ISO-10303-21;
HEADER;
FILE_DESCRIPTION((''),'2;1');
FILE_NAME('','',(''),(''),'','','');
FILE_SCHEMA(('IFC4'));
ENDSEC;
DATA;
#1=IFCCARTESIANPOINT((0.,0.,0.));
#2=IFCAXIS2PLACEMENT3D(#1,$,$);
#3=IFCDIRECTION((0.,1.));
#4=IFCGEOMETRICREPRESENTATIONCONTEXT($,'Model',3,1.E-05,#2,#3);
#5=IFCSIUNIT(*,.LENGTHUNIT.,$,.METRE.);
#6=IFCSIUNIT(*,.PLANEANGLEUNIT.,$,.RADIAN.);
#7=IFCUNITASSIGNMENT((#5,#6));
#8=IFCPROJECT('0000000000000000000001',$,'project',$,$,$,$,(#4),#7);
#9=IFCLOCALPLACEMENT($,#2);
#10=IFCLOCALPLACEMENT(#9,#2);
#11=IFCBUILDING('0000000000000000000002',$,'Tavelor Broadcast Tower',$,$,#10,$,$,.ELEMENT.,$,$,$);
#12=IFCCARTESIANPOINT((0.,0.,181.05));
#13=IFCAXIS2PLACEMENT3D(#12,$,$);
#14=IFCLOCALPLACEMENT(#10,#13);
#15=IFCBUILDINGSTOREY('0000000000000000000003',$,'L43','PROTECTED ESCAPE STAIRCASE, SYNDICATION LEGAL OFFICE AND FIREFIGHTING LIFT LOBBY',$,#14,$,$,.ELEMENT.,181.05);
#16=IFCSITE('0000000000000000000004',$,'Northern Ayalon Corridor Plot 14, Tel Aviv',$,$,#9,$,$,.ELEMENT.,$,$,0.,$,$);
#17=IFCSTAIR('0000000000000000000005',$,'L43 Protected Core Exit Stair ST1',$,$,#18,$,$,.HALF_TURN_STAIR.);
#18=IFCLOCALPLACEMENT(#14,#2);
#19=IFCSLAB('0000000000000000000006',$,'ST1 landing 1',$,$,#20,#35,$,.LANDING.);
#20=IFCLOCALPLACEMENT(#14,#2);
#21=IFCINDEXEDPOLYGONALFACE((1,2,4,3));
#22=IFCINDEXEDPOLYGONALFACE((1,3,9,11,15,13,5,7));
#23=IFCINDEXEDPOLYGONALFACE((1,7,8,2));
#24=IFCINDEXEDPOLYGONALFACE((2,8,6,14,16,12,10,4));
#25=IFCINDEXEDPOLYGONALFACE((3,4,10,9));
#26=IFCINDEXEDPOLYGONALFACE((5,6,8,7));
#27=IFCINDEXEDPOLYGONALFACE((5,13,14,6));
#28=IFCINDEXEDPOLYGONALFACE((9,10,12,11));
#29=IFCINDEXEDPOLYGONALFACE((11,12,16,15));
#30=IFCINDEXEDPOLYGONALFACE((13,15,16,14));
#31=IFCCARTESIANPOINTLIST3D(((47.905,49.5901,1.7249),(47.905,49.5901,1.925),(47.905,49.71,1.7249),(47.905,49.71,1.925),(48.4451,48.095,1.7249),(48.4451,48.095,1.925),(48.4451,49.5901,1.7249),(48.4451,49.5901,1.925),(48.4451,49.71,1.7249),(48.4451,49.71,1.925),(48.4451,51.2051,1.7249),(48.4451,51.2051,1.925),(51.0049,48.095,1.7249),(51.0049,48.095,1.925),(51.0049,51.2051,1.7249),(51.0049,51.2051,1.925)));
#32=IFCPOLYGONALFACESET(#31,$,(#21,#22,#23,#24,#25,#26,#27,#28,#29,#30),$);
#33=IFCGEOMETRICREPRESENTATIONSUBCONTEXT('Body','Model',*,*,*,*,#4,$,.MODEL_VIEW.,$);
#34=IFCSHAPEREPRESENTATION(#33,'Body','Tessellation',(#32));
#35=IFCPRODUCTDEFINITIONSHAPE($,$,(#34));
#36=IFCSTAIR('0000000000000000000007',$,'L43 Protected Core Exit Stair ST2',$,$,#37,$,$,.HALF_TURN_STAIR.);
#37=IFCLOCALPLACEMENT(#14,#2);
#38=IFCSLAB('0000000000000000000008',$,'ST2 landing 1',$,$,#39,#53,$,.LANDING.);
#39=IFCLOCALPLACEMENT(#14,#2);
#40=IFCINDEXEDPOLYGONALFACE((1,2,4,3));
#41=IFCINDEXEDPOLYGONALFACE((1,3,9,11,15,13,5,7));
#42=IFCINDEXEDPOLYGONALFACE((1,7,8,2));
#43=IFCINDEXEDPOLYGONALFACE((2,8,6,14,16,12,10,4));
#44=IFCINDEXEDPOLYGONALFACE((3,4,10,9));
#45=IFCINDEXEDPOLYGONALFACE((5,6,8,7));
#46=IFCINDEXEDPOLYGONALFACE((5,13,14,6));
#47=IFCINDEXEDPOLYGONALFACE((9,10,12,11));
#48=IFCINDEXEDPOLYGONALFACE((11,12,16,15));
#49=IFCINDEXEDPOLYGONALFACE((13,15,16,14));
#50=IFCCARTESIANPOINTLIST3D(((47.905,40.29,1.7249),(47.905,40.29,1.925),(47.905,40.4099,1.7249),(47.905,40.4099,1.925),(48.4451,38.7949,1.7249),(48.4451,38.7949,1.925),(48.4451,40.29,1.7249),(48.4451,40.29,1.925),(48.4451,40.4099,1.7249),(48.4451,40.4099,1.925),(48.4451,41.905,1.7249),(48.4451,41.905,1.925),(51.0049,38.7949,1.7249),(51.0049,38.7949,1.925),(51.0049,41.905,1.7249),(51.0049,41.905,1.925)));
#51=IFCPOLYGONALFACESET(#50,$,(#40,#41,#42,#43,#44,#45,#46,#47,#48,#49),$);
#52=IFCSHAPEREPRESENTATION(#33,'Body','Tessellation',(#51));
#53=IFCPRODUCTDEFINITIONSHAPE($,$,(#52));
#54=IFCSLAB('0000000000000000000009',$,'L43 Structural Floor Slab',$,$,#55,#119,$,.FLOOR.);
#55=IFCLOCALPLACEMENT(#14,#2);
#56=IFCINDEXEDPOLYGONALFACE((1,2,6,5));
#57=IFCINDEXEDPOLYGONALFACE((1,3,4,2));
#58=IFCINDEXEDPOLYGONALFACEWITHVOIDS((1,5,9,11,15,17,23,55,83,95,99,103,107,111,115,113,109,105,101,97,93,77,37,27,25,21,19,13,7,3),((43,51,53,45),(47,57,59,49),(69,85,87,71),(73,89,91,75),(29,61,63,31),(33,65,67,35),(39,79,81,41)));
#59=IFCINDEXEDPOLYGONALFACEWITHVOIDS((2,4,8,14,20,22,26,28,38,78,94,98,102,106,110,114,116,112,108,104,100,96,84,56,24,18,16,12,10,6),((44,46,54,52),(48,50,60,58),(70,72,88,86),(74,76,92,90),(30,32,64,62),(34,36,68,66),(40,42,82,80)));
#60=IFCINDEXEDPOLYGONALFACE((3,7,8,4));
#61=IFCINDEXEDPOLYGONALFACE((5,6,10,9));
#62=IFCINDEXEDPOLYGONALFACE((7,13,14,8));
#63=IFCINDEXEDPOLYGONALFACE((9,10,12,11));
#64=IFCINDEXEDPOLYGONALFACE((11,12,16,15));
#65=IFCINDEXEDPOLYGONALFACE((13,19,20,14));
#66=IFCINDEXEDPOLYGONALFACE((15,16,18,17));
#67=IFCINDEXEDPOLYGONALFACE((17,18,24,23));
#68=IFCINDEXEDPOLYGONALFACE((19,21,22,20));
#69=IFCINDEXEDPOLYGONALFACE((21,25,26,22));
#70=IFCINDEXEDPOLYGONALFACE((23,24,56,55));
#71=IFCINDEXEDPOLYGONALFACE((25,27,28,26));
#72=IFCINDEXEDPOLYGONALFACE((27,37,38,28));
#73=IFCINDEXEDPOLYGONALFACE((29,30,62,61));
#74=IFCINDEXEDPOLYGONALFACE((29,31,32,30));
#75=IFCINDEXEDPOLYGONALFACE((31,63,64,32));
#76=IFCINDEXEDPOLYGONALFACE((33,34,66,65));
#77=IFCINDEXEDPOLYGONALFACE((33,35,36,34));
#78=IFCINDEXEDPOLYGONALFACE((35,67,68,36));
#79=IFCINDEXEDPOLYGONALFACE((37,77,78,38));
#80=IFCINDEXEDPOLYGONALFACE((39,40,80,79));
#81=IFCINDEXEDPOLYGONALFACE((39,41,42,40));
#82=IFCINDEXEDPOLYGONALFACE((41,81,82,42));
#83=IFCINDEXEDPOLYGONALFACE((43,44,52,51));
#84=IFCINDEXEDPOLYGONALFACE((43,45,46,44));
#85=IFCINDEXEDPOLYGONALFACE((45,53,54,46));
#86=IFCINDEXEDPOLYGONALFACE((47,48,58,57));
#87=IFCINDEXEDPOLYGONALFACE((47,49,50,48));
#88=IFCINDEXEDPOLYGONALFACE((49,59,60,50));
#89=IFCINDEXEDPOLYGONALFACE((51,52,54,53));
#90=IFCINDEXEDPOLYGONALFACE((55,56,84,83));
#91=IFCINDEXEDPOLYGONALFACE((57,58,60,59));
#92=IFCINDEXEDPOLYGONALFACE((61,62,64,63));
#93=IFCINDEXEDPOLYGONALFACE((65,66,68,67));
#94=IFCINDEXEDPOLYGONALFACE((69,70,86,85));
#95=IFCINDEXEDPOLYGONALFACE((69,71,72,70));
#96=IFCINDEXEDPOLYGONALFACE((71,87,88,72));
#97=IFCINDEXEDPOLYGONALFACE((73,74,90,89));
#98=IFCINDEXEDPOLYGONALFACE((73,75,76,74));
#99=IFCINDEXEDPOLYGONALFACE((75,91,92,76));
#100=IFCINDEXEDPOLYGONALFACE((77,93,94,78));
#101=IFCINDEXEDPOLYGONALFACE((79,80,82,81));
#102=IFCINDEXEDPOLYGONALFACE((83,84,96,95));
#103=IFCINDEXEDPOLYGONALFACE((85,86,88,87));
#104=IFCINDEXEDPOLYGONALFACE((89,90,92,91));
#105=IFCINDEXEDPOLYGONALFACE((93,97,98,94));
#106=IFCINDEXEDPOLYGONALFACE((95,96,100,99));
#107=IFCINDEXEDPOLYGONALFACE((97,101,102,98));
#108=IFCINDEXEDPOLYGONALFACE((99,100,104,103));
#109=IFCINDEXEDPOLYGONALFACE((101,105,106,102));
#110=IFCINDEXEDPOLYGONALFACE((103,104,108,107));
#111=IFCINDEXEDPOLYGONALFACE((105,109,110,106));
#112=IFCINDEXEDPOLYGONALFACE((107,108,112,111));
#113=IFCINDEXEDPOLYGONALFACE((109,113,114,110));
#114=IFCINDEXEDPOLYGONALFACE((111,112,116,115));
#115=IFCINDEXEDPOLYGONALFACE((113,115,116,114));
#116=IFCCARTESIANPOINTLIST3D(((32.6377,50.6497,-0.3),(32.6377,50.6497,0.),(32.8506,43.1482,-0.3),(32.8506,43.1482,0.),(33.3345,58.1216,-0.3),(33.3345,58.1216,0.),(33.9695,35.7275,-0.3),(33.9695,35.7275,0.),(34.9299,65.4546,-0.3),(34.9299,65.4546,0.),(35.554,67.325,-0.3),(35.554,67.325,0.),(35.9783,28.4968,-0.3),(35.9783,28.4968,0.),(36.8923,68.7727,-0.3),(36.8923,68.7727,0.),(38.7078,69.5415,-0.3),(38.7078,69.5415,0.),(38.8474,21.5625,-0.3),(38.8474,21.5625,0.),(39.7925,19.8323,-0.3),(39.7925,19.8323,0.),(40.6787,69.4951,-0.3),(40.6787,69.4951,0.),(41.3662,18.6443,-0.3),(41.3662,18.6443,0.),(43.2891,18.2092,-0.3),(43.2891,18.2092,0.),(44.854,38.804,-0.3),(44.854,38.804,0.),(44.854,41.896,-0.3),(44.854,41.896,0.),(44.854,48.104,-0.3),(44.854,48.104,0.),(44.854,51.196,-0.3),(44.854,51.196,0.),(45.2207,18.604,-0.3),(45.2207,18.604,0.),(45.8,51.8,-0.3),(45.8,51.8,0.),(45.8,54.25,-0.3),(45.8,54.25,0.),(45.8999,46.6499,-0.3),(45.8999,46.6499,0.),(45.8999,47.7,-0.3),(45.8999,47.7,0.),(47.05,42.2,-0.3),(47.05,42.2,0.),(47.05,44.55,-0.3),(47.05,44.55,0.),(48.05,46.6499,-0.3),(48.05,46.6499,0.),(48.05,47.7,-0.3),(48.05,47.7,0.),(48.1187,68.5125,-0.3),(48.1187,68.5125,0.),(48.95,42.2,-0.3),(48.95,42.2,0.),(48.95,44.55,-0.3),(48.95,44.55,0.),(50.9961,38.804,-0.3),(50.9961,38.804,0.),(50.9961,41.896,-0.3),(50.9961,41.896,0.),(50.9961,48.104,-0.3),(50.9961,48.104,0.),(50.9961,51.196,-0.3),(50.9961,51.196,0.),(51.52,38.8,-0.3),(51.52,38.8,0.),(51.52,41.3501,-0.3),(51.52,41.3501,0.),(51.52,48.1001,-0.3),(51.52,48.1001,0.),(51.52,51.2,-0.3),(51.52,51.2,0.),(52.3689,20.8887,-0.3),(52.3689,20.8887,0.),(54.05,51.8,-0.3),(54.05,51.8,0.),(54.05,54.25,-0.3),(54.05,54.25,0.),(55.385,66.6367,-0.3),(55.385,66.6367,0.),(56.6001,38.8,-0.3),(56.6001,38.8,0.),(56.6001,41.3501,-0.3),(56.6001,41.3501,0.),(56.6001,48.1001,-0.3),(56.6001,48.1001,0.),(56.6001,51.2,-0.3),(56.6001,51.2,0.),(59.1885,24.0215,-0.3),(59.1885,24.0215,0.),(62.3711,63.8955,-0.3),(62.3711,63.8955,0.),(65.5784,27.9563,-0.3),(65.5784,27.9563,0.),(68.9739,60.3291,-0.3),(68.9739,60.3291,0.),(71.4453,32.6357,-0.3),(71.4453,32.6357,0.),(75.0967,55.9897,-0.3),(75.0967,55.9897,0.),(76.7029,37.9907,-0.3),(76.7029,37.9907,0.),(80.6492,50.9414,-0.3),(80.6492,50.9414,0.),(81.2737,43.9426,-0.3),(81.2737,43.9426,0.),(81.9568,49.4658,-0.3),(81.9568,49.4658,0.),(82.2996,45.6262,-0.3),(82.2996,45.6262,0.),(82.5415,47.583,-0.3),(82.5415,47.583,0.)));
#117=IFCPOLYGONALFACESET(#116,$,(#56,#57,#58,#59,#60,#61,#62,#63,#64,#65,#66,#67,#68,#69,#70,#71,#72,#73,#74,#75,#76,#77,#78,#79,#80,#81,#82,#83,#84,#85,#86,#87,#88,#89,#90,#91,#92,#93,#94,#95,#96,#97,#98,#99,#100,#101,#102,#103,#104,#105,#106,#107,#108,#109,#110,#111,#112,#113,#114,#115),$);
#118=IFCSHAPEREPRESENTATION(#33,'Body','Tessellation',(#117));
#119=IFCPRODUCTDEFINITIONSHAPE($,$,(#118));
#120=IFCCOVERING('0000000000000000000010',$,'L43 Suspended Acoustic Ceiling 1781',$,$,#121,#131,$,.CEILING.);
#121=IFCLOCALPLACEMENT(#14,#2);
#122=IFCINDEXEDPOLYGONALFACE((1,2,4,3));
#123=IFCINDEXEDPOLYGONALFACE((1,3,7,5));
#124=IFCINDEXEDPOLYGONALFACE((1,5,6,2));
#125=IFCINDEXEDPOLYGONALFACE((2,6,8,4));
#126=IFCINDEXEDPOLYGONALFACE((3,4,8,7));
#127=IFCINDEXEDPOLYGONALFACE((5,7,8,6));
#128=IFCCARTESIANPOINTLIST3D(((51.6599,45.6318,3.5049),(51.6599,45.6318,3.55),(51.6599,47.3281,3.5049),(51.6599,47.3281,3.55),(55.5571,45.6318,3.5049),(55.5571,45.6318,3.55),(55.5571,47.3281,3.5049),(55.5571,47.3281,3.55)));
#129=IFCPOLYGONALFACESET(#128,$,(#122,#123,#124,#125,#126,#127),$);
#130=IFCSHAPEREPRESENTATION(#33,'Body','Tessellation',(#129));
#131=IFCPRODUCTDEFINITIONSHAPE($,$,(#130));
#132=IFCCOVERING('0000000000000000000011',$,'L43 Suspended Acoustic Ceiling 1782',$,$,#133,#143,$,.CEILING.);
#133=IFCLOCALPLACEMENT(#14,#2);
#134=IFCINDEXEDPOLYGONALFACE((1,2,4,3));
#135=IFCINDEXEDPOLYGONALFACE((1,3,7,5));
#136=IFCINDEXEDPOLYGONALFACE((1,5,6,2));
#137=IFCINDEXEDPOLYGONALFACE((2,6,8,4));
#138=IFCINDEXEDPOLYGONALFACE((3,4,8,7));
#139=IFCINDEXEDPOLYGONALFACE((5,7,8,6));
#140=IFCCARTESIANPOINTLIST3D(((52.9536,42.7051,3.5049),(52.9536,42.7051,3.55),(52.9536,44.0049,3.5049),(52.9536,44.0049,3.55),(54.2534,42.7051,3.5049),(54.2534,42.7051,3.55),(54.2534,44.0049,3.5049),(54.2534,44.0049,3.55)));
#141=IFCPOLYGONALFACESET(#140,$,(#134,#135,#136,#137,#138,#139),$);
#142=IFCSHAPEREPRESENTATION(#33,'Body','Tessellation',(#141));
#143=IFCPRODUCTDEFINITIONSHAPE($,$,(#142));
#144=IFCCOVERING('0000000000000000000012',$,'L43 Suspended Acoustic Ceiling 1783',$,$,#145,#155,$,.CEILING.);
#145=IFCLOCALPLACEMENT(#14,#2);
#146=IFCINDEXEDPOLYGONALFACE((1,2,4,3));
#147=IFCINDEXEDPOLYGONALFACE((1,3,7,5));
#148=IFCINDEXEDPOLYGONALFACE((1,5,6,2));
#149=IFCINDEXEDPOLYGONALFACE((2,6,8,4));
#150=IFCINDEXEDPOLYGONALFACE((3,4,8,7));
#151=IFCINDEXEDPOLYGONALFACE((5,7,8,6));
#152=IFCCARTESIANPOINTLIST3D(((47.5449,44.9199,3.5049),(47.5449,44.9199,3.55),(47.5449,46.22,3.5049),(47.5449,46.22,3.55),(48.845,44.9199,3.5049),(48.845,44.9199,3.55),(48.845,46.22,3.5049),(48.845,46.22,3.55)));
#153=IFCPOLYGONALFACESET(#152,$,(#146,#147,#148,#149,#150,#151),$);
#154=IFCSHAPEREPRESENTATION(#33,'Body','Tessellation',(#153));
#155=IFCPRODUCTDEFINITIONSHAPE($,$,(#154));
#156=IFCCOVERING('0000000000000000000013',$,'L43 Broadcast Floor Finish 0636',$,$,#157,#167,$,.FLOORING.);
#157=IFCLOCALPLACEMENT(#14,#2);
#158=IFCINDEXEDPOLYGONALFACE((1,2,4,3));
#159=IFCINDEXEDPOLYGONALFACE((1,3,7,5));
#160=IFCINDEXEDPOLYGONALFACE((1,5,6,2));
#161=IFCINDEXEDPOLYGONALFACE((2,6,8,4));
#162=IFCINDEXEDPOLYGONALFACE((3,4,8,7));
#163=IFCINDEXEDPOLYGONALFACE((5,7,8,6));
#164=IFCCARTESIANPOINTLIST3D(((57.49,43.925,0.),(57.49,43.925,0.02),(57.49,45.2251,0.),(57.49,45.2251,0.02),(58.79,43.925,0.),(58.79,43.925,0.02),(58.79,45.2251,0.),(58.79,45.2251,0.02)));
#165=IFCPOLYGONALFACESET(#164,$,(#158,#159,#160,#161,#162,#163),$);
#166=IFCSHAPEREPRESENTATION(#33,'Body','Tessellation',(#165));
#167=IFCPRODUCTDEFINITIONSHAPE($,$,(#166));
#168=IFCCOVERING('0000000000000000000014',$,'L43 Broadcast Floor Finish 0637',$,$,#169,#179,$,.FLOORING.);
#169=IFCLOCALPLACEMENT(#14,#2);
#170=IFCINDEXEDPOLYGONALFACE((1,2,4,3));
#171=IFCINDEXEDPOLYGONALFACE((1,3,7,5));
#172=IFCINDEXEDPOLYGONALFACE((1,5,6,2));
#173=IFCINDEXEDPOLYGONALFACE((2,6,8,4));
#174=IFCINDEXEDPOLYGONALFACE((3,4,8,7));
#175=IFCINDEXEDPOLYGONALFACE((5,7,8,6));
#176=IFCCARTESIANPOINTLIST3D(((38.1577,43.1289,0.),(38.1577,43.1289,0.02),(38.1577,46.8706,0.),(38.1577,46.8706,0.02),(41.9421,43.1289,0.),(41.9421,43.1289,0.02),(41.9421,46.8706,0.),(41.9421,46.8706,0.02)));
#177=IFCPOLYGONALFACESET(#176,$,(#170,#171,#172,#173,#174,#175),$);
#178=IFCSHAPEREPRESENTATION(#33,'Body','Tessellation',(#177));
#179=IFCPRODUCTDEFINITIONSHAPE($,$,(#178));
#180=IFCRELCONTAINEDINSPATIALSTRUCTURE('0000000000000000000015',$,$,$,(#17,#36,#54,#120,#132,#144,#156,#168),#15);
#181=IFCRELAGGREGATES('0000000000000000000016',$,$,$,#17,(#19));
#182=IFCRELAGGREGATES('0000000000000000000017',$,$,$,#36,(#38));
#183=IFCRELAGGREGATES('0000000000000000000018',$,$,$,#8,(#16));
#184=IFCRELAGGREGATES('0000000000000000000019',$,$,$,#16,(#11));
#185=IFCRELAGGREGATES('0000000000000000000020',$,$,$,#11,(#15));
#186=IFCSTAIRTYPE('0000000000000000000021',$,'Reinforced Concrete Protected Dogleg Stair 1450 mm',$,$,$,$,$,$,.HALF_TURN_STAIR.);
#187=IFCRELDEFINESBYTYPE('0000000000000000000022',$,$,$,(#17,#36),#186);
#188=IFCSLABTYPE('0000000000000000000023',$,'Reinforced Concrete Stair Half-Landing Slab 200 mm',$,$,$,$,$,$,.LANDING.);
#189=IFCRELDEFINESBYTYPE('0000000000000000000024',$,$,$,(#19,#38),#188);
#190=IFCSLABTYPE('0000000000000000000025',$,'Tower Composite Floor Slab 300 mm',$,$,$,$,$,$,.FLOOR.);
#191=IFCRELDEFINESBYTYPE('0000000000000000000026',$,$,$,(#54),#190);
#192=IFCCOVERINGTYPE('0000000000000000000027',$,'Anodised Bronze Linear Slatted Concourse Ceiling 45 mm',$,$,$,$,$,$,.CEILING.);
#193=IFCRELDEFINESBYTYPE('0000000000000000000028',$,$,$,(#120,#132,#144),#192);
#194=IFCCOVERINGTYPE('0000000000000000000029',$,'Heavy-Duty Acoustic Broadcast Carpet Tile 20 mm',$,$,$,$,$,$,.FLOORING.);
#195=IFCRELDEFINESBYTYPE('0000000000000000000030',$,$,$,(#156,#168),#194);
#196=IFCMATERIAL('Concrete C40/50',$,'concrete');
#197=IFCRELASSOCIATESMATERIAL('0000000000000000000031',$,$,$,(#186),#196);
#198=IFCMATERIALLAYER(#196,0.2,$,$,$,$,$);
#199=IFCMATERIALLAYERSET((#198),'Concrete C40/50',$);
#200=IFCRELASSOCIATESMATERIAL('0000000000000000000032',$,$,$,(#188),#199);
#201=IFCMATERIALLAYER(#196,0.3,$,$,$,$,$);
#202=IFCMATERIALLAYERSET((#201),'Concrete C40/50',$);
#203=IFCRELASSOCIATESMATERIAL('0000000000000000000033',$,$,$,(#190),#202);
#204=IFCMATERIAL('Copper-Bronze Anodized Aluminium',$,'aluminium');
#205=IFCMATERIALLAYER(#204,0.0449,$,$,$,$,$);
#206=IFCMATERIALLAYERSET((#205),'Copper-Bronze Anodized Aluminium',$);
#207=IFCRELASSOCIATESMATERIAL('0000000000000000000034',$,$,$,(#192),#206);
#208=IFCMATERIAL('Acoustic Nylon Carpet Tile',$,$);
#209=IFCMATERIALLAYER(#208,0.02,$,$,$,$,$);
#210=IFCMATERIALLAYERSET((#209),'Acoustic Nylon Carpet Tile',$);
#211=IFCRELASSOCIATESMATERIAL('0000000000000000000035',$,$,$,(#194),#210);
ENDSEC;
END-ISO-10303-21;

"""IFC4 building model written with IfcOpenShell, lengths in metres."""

from ifc_helpers import new_model, si_unit, direction, frame, origin, place, context, subcontext, project, spatial, polyline, outline, extrude, material, layer, layer_set, type_object, element, aggregate, save


model = new_model("IFC4")

# Units and contexts
model_context = context("Model", 3, precision=1e-05, world=origin(), true_north=direction((0.0, 1.0)))
body_context = subcontext(model_context, "Body", "Model", "MODEL_VIEW")
ifc_project = project(units=[si_unit("LENGTHUNIT", "METRE"), si_unit("PLANEANGLEUNIT", "RADIAN")], contexts=[model_context])

# Site, building, storey
site_placement = place(None, origin())
site = spatial("IfcSite", under=ifc_project, at=site_placement, Name="Northern Ayalon Corridor Plot 14, Tel Aviv", CompositionType="ELEMENT", RefElevation=0.0)
building_placement = place(site_placement, origin())
building = spatial("IfcBuilding", under=site, at=building_placement, Name="Tavelor Broadcast Tower", CompositionType="ELEMENT")
storey_placement = place(building_placement, frame((0.0, 0.0, 181.05)))
storey = spatial("IfcBuildingStorey", under=building, at=storey_placement, Name="L43", Description="PROTECTED ESCAPE STAIRCASE, SYNDICATION LEGAL OFFICE AND FIREFIGHTING LIFT LOBBY", CompositionType="ELEMENT", Elevation=181.05)

# Stairs, slabs
ifc_material_1 = material(Name="Concrete C40/50", Category="concrete")
stair_type = type_object("IfcStairType", Name="Reinforced Concrete Protected Dogleg Stair 1450 mm", PredefinedType="HALF_TURN_STAIR", material=ifc_material_1)
stair_1_placement = place(storey_placement, origin())
stair_1 = element("IfcStair", 1, at=stair_1_placement, inside=storey, type_object=stair_type, Name="L43 Protected Core Exit Stair ST1", PredefinedType="HALF_TURN_STAIR")
ifc_layer_1 = layer(ifc_material_1, 0.2)
ifc_layer_set_1 = layer_set([ifc_layer_1], Name="Concrete C40/50")
slab_type_1 = type_object("IfcSlabType", Name="Reinforced Concrete Stair Half-Landing Slab 200 mm", PredefinedType="LANDING", material=ifc_layer_set_1)
slab_1_placement = place(storey_placement, frame((0.0, 0.0, 1.7249)))
slab_1 = element("IfcSlab", 2, at=slab_1_placement, type_object=slab_type_1, Name="ST1 landing 1", PredefinedType="LANDING", context=body_context, shape_type="SweptSolid", body=[
    extrude(outline(polyline([(48.4451, 49.5901), (48.4451, 48.095), (51.0049, 48.095), (51.0049, 51.2051), (48.4451, 51.2051), (48.4451, 49.71), (47.905, 49.71), (47.905, 49.5901), (48.4451, 49.5901)])), origin(), (0.0, 0.0, 1.0), 0.2002),
])
aggregate(stair_1, [slab_1])
stair_2_placement = place(storey_placement, origin())
stair_2 = element("IfcStair", 3, at=stair_2_placement, inside=storey, type_object=stair_type, Name="L43 Protected Core Exit Stair ST2", PredefinedType="HALF_TURN_STAIR")
slab_2_placement = place(storey_placement, frame((0.0, 0.0, 1.7249)))
slab_2 = element("IfcSlab", 4, at=slab_2_placement, type_object=slab_type_1, Name="ST2 landing 1", PredefinedType="LANDING", context=body_context, shape_type="SweptSolid", body=[
    extrude(outline(polyline([(48.4451, 40.29), (48.4451, 38.7949), (51.0049, 38.7949), (51.0049, 41.905), (48.4451, 41.905), (48.4451, 40.4099), (47.905, 40.4099), (47.905, 40.29), (48.4451, 40.29)])), origin(), (0.0, 0.0, 1.0), 0.2002),
])
aggregate(stair_2, [slab_2])

# Slab
ifc_layer_2 = layer(ifc_material_1, 0.3)
ifc_layer_set_2 = layer_set([ifc_layer_2], Name="Concrete C40/50")
slab_type_2 = type_object("IfcSlabType", Name="Tower Composite Floor Slab 300 mm", PredefinedType="FLOOR", material=ifc_layer_set_2)
slab_3_placement = place(storey_placement, frame((0.0, 0.0, -0.3)))
element("IfcSlab", 5, at=slab_3_placement, inside=storey, type_object=slab_type_2, Name="L43 Structural Floor Slab", PredefinedType="FLOOR", context=body_context, shape_type="SweptSolid", body=[
    extrude(outline(polyline([(40.6787, 69.4951), (38.7078, 69.5415), (36.8923, 68.7727), (35.554, 67.325), (34.9299, 65.4546), (33.3345, 58.1216), (32.6377, 50.6497), (32.8506, 43.1482), (33.9695, 35.7275), (35.9783, 28.4968), (38.8474, 21.5625), (39.7925, 19.8323), (41.3662, 18.6443), (43.2891, 18.2092), (45.2207, 18.604), (52.3689, 20.8887), (59.1885, 24.0215), (65.5784, 27.9563), (71.4453, 32.6357), (76.7029, 37.9907), (81.2737, 43.9426), (82.2996, 45.6262), (82.5415, 47.583), (81.9568, 49.4658), (80.6492, 50.9414), (75.0967, 55.9897), (68.9739, 60.3291), (62.3711, 63.8955), (55.385, 66.6367), (48.1187, 68.5125), (40.6787, 69.4951)]), holes=[polyline([(56.6001, 41.3501), (56.6001, 38.8), (51.52, 38.8), (51.52, 41.3501), (56.6001, 41.3501)]), polyline([(50.9961, 38.804), (44.854, 38.804), (44.854, 41.896), (50.9961, 41.896), (50.9961, 38.804)]), polyline([(47.05, 42.2), (47.05, 44.55), (48.95, 44.55), (48.95, 42.2), (47.05, 42.2)]), polyline([(48.05, 46.6499), (45.8999, 46.6499), (45.8999, 47.7), (48.05, 47.7), (48.05, 46.6499)]), polyline([(50.9961, 48.104), (44.854, 48.104), (44.854, 51.196), (50.9961, 51.196), (50.9961, 48.104)]), polyline([(56.6001, 48.1001), (51.52, 48.1001), (51.52, 51.2), (56.6001, 51.2), (56.6001, 48.1001)]), polyline([(54.05, 51.8), (45.8, 51.8), (45.8, 54.25), (54.05, 54.25), (54.05, 51.8)])]), origin(), (0.0, 0.0, 1.0), 0.3),
])

# Coverings
ifc_material_2 = material(Name="Copper-Bronze Anodized Aluminium", Category="aluminium")
ifc_layer_3 = layer(ifc_material_2, 0.0449)
ifc_layer_set_3 = layer_set([ifc_layer_3], Name="Copper-Bronze Anodized Aluminium")
covering_type_1 = type_object("IfcCoveringType", Name="Anodised Bronze Linear Slatted Concourse Ceiling 45 mm", PredefinedType="CEILING", material=ifc_layer_set_3)
covering_1_placement = place(storey_placement, frame((0.0, 0.0, 3.5049)))
element("IfcCovering", 6, at=covering_1_placement, inside=storey, type_object=covering_type_1, Name="L43 Suspended Acoustic Ceiling 1781", PredefinedType="CEILING", context=body_context, shape_type="SweptSolid", body=[
    extrude(outline(polyline([(51.6599, 45.6318), (55.5571, 45.6318), (55.5571, 47.3281), (51.6599, 47.3281), (51.6599, 45.6318)])), origin(), (0.0, 0.0, 1.0), 0.0452),
])
covering_2_placement = place(storey_placement, frame((0.0, 0.0, 3.5049)))
element("IfcCovering", 7, at=covering_2_placement, inside=storey, type_object=covering_type_1, Name="L43 Suspended Acoustic Ceiling 1782", PredefinedType="CEILING", context=body_context, shape_type="SweptSolid", body=[
    extrude(outline(polyline([(52.9536, 42.7051), (54.2534, 42.7051), (54.2534, 44.0049), (52.9536, 44.0049), (52.9536, 42.7051)])), origin(), (0.0, 0.0, 1.0), 0.0452),
])
covering_3_placement = place(storey_placement, frame((0.0, 0.0, 3.5049)))
element("IfcCovering", 8, at=covering_3_placement, inside=storey, type_object=covering_type_1, Name="L43 Suspended Acoustic Ceiling 1783", PredefinedType="CEILING", context=body_context, shape_type="SweptSolid", body=[
    extrude(outline(polyline([(47.5449, 44.9199), (48.845, 44.9199), (48.845, 46.22), (47.5449, 46.22), (47.5449, 44.9199)])), origin(), (0.0, 0.0, 1.0), 0.0452),
])
ifc_material_3 = material(Name="Acoustic Nylon Carpet Tile")
ifc_layer_4 = layer(ifc_material_3, 0.02)
ifc_layer_set_4 = layer_set([ifc_layer_4], Name="Acoustic Nylon Carpet Tile")
covering_type_2 = type_object("IfcCoveringType", Name="Heavy-Duty Acoustic Broadcast Carpet Tile 20 mm", PredefinedType="FLOORING", material=ifc_layer_set_4)
covering_4_placement = place(storey_placement, origin())
element("IfcCovering", 9, at=covering_4_placement, inside=storey, type_object=covering_type_2, Name="L43 Broadcast Floor Finish 0636", PredefinedType="FLOORING", context=body_context, shape_type="SweptSolid", body=[
    extrude(outline(polyline([(57.49, 43.925), (58.79, 43.925), (58.79, 45.2251), (57.49, 45.2251), (57.49, 43.925)])), origin(), (0.0, 0.0, 1.0), 0.02),
])
covering_5_placement = place(storey_placement, origin())
element("IfcCovering", 10, at=covering_5_placement, inside=storey, type_object=covering_type_2, Name="L43 Broadcast Floor Finish 0637", PredefinedType="FLOORING", context=body_context, shape_type="SweptSolid", body=[
    extrude(outline(polyline([(38.1577, 43.1289), (41.9421, 43.1289), (41.9421, 46.8706), (38.1577, 46.8706), (38.1577, 43.1289)])), origin(), (0.0, 0.0, 1.0), 0.02),
])

save(model, "model.ifc")
